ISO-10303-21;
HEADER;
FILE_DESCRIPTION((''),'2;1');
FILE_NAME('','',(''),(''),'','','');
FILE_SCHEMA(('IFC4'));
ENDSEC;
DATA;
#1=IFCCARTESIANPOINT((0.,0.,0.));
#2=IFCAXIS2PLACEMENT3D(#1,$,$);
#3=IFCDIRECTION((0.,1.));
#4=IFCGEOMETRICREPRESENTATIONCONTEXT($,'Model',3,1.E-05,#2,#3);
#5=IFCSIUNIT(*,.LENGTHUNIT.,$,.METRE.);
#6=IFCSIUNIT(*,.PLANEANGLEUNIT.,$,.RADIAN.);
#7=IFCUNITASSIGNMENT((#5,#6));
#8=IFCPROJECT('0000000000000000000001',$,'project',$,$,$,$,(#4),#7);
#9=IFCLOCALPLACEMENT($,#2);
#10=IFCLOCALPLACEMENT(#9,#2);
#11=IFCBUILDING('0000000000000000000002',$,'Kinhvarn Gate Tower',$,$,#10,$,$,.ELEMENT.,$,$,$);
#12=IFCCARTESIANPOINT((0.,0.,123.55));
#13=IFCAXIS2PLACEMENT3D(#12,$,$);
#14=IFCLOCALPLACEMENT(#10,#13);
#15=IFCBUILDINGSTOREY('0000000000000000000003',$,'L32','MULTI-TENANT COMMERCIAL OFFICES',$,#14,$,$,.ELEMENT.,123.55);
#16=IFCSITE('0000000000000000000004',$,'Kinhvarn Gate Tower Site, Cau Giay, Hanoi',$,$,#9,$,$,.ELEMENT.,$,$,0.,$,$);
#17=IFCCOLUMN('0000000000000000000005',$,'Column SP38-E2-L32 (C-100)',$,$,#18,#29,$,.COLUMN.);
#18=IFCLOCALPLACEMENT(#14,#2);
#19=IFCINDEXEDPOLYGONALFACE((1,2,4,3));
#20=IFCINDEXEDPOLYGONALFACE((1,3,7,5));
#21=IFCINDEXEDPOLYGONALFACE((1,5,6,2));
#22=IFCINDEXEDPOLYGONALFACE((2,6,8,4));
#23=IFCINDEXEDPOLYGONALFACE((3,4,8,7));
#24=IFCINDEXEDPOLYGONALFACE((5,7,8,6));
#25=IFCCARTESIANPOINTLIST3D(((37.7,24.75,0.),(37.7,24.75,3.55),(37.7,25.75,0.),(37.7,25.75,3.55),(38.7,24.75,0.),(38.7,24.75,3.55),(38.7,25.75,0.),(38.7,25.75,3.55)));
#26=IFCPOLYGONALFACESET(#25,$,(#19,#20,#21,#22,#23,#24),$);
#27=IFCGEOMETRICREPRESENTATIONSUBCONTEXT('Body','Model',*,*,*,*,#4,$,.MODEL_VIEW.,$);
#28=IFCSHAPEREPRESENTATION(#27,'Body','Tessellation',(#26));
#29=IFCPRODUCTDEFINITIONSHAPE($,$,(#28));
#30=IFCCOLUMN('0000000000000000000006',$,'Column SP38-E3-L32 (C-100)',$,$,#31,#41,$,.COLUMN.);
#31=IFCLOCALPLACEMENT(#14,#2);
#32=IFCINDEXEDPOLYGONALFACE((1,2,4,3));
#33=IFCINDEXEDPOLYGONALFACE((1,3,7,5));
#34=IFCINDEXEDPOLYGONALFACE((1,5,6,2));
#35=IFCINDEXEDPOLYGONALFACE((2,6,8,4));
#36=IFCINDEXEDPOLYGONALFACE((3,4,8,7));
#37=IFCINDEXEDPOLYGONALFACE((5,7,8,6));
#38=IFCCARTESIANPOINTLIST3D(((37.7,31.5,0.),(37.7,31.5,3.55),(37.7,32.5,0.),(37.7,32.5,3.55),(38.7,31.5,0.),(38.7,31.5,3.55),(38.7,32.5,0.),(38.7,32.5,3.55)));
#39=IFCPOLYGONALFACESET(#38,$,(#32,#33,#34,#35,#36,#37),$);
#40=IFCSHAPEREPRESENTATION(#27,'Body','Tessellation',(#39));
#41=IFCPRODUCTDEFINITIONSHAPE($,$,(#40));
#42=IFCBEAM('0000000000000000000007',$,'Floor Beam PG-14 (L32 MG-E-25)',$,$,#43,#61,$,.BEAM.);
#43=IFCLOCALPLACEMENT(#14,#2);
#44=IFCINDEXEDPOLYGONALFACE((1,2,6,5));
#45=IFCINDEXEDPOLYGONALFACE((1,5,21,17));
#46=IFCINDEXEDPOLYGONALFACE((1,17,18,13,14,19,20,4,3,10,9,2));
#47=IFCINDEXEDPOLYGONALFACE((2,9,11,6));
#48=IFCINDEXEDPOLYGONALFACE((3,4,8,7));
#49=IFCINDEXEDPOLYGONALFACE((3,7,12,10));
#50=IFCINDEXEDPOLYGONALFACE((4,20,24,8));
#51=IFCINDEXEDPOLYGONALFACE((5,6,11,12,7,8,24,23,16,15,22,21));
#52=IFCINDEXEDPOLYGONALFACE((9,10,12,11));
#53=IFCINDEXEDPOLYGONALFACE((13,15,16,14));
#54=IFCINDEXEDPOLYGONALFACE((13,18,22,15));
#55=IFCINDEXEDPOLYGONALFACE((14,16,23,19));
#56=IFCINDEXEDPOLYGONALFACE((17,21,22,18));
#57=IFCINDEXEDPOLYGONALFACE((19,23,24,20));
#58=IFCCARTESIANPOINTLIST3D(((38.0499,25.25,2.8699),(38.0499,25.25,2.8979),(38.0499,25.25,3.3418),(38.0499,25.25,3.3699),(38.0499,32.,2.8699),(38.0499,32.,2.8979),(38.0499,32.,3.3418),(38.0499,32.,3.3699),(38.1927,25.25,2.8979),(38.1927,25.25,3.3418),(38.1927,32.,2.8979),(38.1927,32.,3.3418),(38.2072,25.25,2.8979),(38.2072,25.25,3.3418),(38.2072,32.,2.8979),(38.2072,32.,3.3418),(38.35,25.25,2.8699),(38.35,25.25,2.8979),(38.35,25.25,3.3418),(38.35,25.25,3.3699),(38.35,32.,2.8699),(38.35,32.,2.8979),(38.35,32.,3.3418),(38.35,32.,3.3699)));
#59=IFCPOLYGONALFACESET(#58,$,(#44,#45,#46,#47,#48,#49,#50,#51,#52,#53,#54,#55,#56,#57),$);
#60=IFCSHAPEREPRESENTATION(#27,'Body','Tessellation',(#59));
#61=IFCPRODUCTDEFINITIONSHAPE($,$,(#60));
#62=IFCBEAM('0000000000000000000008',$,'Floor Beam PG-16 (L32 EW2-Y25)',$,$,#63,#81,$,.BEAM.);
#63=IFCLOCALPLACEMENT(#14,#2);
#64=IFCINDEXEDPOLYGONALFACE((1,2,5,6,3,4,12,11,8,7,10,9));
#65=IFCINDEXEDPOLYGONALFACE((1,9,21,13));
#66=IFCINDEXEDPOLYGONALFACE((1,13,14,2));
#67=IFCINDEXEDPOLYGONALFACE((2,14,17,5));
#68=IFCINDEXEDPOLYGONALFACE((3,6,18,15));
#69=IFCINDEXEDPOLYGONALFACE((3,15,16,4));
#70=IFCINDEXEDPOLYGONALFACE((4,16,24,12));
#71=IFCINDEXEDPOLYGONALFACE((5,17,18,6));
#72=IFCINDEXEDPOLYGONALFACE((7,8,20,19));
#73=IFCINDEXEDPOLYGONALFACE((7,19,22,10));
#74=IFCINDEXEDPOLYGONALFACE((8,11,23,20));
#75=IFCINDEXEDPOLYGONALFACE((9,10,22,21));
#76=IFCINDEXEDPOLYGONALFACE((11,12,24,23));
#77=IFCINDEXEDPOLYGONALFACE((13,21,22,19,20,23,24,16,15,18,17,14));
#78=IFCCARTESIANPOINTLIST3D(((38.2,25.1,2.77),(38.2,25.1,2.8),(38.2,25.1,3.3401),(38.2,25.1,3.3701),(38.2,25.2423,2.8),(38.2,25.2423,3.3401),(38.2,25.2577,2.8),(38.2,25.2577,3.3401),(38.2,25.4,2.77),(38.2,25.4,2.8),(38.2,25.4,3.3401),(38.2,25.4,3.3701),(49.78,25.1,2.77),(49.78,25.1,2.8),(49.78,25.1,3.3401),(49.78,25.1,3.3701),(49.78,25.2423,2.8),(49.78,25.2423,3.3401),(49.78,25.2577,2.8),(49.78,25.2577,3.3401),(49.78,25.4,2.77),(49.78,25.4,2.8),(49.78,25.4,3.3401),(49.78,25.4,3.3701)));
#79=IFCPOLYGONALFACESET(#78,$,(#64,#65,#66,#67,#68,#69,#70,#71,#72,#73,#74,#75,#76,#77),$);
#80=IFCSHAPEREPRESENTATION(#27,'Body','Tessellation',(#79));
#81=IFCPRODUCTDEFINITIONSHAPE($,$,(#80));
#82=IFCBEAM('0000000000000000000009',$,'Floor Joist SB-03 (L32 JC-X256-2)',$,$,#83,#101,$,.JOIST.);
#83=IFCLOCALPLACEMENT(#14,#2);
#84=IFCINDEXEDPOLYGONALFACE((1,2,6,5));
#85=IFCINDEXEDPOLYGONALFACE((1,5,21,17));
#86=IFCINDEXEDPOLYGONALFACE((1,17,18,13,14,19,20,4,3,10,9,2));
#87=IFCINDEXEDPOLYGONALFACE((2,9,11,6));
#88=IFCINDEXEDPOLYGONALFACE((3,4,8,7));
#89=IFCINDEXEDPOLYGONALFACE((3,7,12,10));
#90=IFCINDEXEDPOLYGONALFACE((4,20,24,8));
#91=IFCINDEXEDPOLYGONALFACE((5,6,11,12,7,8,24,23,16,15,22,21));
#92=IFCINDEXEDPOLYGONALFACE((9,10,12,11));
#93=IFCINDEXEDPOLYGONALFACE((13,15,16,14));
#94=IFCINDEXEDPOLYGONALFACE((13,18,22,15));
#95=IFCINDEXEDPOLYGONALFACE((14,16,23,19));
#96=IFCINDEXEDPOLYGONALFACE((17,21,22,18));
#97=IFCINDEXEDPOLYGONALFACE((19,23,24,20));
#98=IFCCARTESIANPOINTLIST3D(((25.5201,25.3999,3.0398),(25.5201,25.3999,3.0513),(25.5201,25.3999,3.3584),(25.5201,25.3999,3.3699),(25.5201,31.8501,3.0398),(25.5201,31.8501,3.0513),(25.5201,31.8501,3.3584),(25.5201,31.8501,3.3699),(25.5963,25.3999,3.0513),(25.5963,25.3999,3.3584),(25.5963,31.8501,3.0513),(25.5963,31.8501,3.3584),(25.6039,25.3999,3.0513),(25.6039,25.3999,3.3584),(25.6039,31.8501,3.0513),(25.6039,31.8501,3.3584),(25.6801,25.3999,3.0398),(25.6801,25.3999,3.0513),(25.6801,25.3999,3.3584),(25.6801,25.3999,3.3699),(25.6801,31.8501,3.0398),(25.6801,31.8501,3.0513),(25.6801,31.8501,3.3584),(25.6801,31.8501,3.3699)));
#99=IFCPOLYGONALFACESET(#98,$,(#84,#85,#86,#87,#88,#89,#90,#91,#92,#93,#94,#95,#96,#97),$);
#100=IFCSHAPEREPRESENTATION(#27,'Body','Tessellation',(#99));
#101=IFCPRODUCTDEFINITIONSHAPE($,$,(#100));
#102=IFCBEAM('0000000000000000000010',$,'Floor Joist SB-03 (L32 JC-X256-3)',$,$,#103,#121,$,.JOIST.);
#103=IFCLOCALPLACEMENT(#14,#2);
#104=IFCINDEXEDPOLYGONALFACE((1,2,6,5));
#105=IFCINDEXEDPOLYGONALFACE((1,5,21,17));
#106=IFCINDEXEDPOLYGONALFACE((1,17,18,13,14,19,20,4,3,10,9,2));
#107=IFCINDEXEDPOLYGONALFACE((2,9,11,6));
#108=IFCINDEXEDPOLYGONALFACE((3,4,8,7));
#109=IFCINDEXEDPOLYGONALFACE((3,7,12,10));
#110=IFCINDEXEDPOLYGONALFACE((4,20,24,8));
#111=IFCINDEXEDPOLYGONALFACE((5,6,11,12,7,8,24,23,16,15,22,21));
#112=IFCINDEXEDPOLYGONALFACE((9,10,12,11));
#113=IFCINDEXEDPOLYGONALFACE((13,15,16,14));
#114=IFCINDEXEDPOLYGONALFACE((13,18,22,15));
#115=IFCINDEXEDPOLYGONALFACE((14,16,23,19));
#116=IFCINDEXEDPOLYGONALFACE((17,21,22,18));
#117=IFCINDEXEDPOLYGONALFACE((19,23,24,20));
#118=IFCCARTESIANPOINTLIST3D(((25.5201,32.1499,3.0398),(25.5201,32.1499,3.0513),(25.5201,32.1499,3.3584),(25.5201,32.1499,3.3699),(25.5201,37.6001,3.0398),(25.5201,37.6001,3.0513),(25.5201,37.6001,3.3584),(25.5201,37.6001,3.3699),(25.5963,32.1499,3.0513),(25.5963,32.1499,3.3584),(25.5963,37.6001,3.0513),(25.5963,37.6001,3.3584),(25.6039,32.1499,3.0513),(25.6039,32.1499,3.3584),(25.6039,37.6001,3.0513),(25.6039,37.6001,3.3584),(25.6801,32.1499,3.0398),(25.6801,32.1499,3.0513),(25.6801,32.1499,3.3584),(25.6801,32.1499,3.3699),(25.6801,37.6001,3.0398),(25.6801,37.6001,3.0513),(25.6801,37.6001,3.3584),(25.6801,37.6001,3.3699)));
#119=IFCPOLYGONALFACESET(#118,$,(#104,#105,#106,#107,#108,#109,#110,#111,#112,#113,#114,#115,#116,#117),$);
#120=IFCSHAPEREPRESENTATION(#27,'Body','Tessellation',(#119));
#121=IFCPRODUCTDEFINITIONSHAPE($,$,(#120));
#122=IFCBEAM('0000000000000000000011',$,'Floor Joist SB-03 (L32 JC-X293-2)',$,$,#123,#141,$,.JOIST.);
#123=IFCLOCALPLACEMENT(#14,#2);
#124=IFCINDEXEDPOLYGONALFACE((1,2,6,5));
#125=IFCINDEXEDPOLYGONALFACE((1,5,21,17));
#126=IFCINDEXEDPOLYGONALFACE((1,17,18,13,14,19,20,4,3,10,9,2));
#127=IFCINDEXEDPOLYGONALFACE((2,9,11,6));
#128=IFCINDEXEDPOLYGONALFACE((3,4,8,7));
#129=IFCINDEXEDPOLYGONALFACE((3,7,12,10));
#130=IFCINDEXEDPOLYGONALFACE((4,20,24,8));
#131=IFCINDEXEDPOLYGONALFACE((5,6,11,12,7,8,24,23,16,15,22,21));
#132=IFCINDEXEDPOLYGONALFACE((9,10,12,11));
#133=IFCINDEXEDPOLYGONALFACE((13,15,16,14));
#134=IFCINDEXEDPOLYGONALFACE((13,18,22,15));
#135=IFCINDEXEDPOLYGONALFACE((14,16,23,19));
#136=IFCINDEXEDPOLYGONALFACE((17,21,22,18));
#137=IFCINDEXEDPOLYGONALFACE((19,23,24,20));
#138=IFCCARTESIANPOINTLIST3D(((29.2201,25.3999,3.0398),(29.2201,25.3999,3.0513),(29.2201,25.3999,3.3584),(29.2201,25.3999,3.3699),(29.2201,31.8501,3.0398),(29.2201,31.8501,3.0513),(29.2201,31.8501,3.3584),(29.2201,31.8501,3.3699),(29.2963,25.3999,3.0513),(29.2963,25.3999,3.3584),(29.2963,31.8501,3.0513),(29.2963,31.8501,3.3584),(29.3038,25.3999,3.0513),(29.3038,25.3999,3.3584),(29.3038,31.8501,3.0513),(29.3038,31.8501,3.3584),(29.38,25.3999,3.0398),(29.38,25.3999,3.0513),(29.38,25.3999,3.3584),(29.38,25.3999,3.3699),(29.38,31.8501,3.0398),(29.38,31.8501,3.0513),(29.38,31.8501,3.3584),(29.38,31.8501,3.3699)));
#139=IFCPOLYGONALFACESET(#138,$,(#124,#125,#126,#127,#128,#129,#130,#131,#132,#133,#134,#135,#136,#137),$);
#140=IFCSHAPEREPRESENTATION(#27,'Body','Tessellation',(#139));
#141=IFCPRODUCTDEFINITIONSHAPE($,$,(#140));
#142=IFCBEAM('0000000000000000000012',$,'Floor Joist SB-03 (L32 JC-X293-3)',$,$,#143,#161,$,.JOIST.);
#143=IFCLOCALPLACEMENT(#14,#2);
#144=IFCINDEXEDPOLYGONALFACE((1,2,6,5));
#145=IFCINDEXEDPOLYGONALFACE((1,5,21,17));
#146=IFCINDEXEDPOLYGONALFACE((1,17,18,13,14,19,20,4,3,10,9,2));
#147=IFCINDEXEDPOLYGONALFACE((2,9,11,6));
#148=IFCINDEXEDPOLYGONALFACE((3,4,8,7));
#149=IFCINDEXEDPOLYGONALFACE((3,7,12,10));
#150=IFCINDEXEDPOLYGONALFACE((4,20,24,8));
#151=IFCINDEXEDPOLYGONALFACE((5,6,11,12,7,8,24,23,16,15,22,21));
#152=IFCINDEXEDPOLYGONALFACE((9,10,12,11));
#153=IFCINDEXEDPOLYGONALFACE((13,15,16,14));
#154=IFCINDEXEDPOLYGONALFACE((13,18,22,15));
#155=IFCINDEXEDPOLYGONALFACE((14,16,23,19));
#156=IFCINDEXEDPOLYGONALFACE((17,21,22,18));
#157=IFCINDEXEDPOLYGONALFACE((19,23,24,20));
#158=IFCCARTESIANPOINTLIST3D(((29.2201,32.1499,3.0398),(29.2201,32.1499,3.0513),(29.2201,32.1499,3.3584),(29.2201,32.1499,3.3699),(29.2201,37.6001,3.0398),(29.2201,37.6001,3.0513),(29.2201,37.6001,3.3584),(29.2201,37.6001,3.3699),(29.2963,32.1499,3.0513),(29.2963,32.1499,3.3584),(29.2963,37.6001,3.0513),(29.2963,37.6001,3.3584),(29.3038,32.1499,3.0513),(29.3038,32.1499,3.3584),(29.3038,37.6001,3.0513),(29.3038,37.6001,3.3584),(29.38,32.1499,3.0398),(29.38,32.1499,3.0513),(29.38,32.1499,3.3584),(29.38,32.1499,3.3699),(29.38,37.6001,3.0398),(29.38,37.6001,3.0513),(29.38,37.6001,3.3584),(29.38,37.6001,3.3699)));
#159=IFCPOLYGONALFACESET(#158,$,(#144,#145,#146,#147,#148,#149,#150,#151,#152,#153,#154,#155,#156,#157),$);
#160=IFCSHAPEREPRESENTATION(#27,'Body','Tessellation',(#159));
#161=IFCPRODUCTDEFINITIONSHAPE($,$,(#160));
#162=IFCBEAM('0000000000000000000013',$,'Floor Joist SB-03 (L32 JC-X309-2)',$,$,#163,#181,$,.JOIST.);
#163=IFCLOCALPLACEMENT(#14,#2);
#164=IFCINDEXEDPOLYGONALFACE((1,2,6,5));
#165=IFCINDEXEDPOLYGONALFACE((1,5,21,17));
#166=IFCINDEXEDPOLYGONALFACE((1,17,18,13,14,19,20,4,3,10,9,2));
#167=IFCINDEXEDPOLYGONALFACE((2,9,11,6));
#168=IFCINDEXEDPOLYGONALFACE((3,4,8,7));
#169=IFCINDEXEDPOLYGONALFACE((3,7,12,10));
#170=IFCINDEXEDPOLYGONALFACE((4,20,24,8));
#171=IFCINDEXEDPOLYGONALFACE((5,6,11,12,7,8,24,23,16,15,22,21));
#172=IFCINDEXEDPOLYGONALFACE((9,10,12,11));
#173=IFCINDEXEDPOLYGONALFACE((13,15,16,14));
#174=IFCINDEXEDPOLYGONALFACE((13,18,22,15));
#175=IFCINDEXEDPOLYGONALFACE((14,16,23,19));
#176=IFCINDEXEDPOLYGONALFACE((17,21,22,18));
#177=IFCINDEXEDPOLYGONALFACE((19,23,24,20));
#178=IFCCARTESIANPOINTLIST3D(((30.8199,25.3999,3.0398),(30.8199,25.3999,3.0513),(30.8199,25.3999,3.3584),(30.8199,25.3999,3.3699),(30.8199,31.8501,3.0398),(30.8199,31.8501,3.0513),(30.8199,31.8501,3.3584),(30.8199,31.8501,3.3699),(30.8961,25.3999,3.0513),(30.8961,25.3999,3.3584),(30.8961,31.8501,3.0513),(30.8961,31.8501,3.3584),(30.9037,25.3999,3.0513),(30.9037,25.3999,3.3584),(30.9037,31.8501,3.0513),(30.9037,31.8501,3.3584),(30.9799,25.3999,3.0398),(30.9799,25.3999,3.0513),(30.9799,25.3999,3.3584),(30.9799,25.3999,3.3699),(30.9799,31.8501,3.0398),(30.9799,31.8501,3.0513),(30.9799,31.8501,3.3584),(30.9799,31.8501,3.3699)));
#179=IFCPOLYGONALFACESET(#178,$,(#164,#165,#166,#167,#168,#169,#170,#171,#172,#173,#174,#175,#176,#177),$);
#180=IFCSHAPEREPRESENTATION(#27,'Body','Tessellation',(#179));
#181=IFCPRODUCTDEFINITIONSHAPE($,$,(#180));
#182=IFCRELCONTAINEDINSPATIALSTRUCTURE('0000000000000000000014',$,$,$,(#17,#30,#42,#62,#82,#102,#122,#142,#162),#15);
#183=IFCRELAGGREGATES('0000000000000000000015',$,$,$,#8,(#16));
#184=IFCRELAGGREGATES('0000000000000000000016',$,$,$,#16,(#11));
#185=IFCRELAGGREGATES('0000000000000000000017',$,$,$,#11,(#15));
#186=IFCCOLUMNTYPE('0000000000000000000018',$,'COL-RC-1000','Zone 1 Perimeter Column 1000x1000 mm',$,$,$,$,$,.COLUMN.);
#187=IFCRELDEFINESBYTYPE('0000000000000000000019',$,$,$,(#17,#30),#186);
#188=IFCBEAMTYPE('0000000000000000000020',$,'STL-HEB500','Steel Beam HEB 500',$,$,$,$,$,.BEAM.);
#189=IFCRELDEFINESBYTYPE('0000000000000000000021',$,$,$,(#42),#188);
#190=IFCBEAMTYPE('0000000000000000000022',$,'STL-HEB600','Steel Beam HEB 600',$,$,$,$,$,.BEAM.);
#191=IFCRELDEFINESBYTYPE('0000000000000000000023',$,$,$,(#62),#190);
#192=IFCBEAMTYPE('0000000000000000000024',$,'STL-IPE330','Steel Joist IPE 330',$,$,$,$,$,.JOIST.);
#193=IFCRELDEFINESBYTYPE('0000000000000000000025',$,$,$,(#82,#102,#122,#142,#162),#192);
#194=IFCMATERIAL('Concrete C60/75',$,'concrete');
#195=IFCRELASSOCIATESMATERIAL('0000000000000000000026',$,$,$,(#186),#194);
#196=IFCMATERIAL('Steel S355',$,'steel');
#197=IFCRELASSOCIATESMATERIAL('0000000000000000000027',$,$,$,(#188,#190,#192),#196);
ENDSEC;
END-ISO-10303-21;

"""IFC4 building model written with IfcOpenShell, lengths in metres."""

from ifc_helpers import new_model, si_unit, direction, frame, origin, origin_2d, place, context, subcontext, project, spatial, rectangle, i_section, extrude, material, material_profile, profile_set, type_object, element, save


model = new_model("IFC4")

# Units and contexts
model_context = context("Model", 3, precision=1e-05, world=origin(), true_north=direction((0.0, 1.0)))
body_context = subcontext(model_context, "Body", "Model", "MODEL_VIEW")
ifc_project = project(units=[si_unit("LENGTHUNIT", "METRE"), si_unit("PLANEANGLEUNIT", "RADIAN")], contexts=[model_context])

# Site, building, storey
site_placement = place(None, origin())
site = spatial("IfcSite", under=ifc_project, at=site_placement, Name="Kinhvarn Gate Tower Site, Cau Giay, Hanoi", CompositionType="ELEMENT", RefElevation=0.0)
building_placement = place(site_placement, origin())
building = spatial("IfcBuilding", under=site, at=building_placement, Name="Kinhvarn Gate Tower", CompositionType="ELEMENT")
storey_placement = place(building_placement, frame((0.0, 0.0, 123.55)))
storey = spatial("IfcBuildingStorey", under=building, at=storey_placement, Name="L32", Description="MULTI-TENANT COMMERCIAL OFFICES", CompositionType="ELEMENT", Elevation=123.55)

# Columns
ifc_material_1 = material(Name="Concrete C60/75", Category="concrete")
ifc_material_profile_1 = material_profile(ifc_material_1, rectangle(XDim=1.0, YDim=1.0, at=origin_2d()), Name="RC 1000x1000")
ifc_profile_set_1 = profile_set([ifc_material_profile_1], Name="Concrete C60/75")
column_type = type_object("IfcColumnType", Name="COL-RC-1000", Description="Zone 1 Perimeter Column 1000x1000 mm", PredefinedType="COLUMN", material=ifc_profile_set_1)
for number, where, z_axis, x_axis, name in (
    (1, (38.2, 25.25, 0.0), (0.0, 0.0, 1.0), (1.0, 0.0, 0.0), "Column SP38-E2-L32 (C-100)"),
    (2, (38.2, 32.0, 0.0), (0.0, 0.0, 1.0), (1.0, 0.0, 0.0), "Column SP38-E3-L32 (C-100)"),
):
    element("IfcColumn", number, at=place(storey_placement, frame(where, z_axis=z_axis, x_axis=x_axis)), inside=storey, type_object=column_type, Name=name, PredefinedType="COLUMN", context=body_context, shape_type="SweptSolid", body=[
        extrude(rectangle(XDim=1.0, YDim=1.0, at=origin_2d()), origin(), (0.0, 0.0, 1.0), 3.55),
    ])

# Beams
ifc_material_2 = material(Name="Steel S355", Category="steel")
ifc_material_profile_2 = material_profile(ifc_material_2, i_section(OverallWidth=0.3, OverallDepth=0.5, WebThickness=0.0144, FlangeThickness=0.0281, at=origin_2d()), Name="HEB 500")
ifc_profile_set_2 = profile_set([ifc_material_profile_2], Name="Steel S355")
beam_type_1 = type_object("IfcBeamType", Name="STL-HEB500", Description="Steel Beam HEB 500", PredefinedType="BEAM", material=ifc_profile_set_2)
beam_1_placement = place(storey_placement, frame((38.2, 25.25, 3.1199), z_axis=(0.0, 1.0, 0.0), x_axis=(-1.0, 0.0, 0.0)))
element("IfcBeam", 3, at=beam_1_placement, inside=storey, type_object=beam_type_1, Name="Floor Beam PG-14 (L32 MG-E-25)", PredefinedType="BEAM", context=body_context, shape_type="SweptSolid", body=[
    extrude(i_section(OverallWidth=0.3, OverallDepth=0.5, WebThickness=0.0144, FlangeThickness=0.0281, at=origin_2d()), origin(), (0.0, 0.0, 1.0), 6.75),
])
ifc_material_profile_3 = material_profile(ifc_material_2, i_section(OverallWidth=0.3, OverallDepth=0.6001, WebThickness=0.0154, FlangeThickness=0.03, at=origin_2d()), Name="HEB 600")
ifc_profile_set_3 = profile_set([ifc_material_profile_3], Name="Steel S355")
beam_type_2 = type_object("IfcBeamType", Name="STL-HEB600", Description="Steel Beam HEB 600", PredefinedType="BEAM", material=ifc_profile_set_3)
beam_2_placement = place(storey_placement, frame((38.2, 25.25, 3.0701), z_axis=(1.0, 0.0, 0.0), x_axis=(0.0, 1.0, 0.0)))
element("IfcBeam", 4, at=beam_2_placement, inside=storey, type_object=beam_type_2, Name="Floor Beam PG-16 (L32 EW2-Y25)", PredefinedType="BEAM", context=body_context, shape_type="SweptSolid", body=[
    extrude(i_section(OverallWidth=0.3, OverallDepth=0.6001, WebThickness=0.0154, FlangeThickness=0.03, at=origin_2d()), origin(), (0.0, 0.0, 1.0), 11.5801),
])
ifc_material_profile_4 = material_profile(ifc_material_2, i_section(OverallWidth=0.1599, OverallDepth=0.3301, WebThickness=0.0076, FlangeThickness=0.0115, at=origin_2d()), Name="IPE 330")
ifc_profile_set_4 = profile_set([ifc_material_profile_4], Name="Steel S355")
beam_type_3 = type_object("IfcBeamType", Name="STL-IPE330", Description="Steel Joist IPE 330", PredefinedType="JOIST", material=ifc_profile_set_4)
beam_3_placement = place(storey_placement, frame((25.6001, 25.3999, 3.2048), z_axis=(0.0, 1.0, 0.0), x_axis=(-1.0, 0.0, 0.0)))
element("IfcBeam", 5, at=beam_3_placement, inside=storey, type_object=beam_type_3, Name="Floor Joist SB-03 (L32 JC-X256-2)", PredefinedType="JOIST", context=body_context, shape_type="SweptSolid", body=[
    extrude(i_section(OverallWidth=0.1599, OverallDepth=0.3301, WebThickness=0.0076, FlangeThickness=0.0115, at=origin_2d()), origin(), (0.0, 0.0, 1.0), 6.4502),
])
beam_4_placement = place(storey_placement, frame((25.6001, 32.1499, 3.2048), z_axis=(0.0, 1.0, 0.0), x_axis=(-1.0, 0.0, 0.0)))
element("IfcBeam", 6, at=beam_4_placement, inside=storey, type_object=beam_type_3, Name="Floor Joist SB-03 (L32 JC-X256-3)", PredefinedType="JOIST", context=body_context, shape_type="SweptSolid", body=[
    extrude(i_section(OverallWidth=0.1599, OverallDepth=0.3301, WebThickness=0.0076, FlangeThickness=0.0115, at=origin_2d()), origin(), (0.0, 0.0, 1.0), 5.4502),
])
beam_5_placement = place(storey_placement, frame((29.3, 25.3999, 3.2048), z_axis=(0.0, 1.0, 0.0), x_axis=(-1.0, 0.0, 0.0)))
element("IfcBeam", 7, at=beam_5_placement, inside=storey, type_object=beam_type_3, Name="Floor Joist SB-03 (L32 JC-X293-2)", PredefinedType="JOIST", context=body_context, shape_type="SweptSolid", body=[
    extrude(i_section(OverallWidth=0.1599, OverallDepth=0.3301, WebThickness=0.0076, FlangeThickness=0.0115, at=origin_2d()), origin(), (0.0, 0.0, 1.0), 6.4502),
])
beam_6_placement = place(storey_placement, frame((29.3, 32.1499, 3.2048), z_axis=(0.0, 1.0, 0.0), x_axis=(-1.0, 0.0, 0.0)))
element("IfcBeam", 8, at=beam_6_placement, inside=storey, type_object=beam_type_3, Name="Floor Joist SB-03 (L32 JC-X293-3)", PredefinedType="JOIST", context=body_context, shape_type="SweptSolid", body=[
    extrude(i_section(OverallWidth=0.1599, OverallDepth=0.3301, WebThickness=0.0076, FlangeThickness=0.0115, at=origin_2d()), origin(), (0.0, 0.0, 1.0), 5.4502),
])
beam_7_placement = place(storey_placement, frame((30.8999, 25.3999, 3.2048), z_axis=(0.0, 1.0, 0.0), x_axis=(-1.0, 0.0, 0.0)))
element("IfcBeam", 9, at=beam_7_placement, inside=storey, type_object=beam_type_3, Name="Floor Joist SB-03 (L32 JC-X309-2)", PredefinedType="JOIST", context=body_context, shape_type="SweptSolid", body=[
    extrude(i_section(OverallWidth=0.1599, OverallDepth=0.3301, WebThickness=0.0076, FlangeThickness=0.0115, at=origin_2d()), origin(), (0.0, 0.0, 1.0), 6.4502),
])

save(model, "model.ifc")
